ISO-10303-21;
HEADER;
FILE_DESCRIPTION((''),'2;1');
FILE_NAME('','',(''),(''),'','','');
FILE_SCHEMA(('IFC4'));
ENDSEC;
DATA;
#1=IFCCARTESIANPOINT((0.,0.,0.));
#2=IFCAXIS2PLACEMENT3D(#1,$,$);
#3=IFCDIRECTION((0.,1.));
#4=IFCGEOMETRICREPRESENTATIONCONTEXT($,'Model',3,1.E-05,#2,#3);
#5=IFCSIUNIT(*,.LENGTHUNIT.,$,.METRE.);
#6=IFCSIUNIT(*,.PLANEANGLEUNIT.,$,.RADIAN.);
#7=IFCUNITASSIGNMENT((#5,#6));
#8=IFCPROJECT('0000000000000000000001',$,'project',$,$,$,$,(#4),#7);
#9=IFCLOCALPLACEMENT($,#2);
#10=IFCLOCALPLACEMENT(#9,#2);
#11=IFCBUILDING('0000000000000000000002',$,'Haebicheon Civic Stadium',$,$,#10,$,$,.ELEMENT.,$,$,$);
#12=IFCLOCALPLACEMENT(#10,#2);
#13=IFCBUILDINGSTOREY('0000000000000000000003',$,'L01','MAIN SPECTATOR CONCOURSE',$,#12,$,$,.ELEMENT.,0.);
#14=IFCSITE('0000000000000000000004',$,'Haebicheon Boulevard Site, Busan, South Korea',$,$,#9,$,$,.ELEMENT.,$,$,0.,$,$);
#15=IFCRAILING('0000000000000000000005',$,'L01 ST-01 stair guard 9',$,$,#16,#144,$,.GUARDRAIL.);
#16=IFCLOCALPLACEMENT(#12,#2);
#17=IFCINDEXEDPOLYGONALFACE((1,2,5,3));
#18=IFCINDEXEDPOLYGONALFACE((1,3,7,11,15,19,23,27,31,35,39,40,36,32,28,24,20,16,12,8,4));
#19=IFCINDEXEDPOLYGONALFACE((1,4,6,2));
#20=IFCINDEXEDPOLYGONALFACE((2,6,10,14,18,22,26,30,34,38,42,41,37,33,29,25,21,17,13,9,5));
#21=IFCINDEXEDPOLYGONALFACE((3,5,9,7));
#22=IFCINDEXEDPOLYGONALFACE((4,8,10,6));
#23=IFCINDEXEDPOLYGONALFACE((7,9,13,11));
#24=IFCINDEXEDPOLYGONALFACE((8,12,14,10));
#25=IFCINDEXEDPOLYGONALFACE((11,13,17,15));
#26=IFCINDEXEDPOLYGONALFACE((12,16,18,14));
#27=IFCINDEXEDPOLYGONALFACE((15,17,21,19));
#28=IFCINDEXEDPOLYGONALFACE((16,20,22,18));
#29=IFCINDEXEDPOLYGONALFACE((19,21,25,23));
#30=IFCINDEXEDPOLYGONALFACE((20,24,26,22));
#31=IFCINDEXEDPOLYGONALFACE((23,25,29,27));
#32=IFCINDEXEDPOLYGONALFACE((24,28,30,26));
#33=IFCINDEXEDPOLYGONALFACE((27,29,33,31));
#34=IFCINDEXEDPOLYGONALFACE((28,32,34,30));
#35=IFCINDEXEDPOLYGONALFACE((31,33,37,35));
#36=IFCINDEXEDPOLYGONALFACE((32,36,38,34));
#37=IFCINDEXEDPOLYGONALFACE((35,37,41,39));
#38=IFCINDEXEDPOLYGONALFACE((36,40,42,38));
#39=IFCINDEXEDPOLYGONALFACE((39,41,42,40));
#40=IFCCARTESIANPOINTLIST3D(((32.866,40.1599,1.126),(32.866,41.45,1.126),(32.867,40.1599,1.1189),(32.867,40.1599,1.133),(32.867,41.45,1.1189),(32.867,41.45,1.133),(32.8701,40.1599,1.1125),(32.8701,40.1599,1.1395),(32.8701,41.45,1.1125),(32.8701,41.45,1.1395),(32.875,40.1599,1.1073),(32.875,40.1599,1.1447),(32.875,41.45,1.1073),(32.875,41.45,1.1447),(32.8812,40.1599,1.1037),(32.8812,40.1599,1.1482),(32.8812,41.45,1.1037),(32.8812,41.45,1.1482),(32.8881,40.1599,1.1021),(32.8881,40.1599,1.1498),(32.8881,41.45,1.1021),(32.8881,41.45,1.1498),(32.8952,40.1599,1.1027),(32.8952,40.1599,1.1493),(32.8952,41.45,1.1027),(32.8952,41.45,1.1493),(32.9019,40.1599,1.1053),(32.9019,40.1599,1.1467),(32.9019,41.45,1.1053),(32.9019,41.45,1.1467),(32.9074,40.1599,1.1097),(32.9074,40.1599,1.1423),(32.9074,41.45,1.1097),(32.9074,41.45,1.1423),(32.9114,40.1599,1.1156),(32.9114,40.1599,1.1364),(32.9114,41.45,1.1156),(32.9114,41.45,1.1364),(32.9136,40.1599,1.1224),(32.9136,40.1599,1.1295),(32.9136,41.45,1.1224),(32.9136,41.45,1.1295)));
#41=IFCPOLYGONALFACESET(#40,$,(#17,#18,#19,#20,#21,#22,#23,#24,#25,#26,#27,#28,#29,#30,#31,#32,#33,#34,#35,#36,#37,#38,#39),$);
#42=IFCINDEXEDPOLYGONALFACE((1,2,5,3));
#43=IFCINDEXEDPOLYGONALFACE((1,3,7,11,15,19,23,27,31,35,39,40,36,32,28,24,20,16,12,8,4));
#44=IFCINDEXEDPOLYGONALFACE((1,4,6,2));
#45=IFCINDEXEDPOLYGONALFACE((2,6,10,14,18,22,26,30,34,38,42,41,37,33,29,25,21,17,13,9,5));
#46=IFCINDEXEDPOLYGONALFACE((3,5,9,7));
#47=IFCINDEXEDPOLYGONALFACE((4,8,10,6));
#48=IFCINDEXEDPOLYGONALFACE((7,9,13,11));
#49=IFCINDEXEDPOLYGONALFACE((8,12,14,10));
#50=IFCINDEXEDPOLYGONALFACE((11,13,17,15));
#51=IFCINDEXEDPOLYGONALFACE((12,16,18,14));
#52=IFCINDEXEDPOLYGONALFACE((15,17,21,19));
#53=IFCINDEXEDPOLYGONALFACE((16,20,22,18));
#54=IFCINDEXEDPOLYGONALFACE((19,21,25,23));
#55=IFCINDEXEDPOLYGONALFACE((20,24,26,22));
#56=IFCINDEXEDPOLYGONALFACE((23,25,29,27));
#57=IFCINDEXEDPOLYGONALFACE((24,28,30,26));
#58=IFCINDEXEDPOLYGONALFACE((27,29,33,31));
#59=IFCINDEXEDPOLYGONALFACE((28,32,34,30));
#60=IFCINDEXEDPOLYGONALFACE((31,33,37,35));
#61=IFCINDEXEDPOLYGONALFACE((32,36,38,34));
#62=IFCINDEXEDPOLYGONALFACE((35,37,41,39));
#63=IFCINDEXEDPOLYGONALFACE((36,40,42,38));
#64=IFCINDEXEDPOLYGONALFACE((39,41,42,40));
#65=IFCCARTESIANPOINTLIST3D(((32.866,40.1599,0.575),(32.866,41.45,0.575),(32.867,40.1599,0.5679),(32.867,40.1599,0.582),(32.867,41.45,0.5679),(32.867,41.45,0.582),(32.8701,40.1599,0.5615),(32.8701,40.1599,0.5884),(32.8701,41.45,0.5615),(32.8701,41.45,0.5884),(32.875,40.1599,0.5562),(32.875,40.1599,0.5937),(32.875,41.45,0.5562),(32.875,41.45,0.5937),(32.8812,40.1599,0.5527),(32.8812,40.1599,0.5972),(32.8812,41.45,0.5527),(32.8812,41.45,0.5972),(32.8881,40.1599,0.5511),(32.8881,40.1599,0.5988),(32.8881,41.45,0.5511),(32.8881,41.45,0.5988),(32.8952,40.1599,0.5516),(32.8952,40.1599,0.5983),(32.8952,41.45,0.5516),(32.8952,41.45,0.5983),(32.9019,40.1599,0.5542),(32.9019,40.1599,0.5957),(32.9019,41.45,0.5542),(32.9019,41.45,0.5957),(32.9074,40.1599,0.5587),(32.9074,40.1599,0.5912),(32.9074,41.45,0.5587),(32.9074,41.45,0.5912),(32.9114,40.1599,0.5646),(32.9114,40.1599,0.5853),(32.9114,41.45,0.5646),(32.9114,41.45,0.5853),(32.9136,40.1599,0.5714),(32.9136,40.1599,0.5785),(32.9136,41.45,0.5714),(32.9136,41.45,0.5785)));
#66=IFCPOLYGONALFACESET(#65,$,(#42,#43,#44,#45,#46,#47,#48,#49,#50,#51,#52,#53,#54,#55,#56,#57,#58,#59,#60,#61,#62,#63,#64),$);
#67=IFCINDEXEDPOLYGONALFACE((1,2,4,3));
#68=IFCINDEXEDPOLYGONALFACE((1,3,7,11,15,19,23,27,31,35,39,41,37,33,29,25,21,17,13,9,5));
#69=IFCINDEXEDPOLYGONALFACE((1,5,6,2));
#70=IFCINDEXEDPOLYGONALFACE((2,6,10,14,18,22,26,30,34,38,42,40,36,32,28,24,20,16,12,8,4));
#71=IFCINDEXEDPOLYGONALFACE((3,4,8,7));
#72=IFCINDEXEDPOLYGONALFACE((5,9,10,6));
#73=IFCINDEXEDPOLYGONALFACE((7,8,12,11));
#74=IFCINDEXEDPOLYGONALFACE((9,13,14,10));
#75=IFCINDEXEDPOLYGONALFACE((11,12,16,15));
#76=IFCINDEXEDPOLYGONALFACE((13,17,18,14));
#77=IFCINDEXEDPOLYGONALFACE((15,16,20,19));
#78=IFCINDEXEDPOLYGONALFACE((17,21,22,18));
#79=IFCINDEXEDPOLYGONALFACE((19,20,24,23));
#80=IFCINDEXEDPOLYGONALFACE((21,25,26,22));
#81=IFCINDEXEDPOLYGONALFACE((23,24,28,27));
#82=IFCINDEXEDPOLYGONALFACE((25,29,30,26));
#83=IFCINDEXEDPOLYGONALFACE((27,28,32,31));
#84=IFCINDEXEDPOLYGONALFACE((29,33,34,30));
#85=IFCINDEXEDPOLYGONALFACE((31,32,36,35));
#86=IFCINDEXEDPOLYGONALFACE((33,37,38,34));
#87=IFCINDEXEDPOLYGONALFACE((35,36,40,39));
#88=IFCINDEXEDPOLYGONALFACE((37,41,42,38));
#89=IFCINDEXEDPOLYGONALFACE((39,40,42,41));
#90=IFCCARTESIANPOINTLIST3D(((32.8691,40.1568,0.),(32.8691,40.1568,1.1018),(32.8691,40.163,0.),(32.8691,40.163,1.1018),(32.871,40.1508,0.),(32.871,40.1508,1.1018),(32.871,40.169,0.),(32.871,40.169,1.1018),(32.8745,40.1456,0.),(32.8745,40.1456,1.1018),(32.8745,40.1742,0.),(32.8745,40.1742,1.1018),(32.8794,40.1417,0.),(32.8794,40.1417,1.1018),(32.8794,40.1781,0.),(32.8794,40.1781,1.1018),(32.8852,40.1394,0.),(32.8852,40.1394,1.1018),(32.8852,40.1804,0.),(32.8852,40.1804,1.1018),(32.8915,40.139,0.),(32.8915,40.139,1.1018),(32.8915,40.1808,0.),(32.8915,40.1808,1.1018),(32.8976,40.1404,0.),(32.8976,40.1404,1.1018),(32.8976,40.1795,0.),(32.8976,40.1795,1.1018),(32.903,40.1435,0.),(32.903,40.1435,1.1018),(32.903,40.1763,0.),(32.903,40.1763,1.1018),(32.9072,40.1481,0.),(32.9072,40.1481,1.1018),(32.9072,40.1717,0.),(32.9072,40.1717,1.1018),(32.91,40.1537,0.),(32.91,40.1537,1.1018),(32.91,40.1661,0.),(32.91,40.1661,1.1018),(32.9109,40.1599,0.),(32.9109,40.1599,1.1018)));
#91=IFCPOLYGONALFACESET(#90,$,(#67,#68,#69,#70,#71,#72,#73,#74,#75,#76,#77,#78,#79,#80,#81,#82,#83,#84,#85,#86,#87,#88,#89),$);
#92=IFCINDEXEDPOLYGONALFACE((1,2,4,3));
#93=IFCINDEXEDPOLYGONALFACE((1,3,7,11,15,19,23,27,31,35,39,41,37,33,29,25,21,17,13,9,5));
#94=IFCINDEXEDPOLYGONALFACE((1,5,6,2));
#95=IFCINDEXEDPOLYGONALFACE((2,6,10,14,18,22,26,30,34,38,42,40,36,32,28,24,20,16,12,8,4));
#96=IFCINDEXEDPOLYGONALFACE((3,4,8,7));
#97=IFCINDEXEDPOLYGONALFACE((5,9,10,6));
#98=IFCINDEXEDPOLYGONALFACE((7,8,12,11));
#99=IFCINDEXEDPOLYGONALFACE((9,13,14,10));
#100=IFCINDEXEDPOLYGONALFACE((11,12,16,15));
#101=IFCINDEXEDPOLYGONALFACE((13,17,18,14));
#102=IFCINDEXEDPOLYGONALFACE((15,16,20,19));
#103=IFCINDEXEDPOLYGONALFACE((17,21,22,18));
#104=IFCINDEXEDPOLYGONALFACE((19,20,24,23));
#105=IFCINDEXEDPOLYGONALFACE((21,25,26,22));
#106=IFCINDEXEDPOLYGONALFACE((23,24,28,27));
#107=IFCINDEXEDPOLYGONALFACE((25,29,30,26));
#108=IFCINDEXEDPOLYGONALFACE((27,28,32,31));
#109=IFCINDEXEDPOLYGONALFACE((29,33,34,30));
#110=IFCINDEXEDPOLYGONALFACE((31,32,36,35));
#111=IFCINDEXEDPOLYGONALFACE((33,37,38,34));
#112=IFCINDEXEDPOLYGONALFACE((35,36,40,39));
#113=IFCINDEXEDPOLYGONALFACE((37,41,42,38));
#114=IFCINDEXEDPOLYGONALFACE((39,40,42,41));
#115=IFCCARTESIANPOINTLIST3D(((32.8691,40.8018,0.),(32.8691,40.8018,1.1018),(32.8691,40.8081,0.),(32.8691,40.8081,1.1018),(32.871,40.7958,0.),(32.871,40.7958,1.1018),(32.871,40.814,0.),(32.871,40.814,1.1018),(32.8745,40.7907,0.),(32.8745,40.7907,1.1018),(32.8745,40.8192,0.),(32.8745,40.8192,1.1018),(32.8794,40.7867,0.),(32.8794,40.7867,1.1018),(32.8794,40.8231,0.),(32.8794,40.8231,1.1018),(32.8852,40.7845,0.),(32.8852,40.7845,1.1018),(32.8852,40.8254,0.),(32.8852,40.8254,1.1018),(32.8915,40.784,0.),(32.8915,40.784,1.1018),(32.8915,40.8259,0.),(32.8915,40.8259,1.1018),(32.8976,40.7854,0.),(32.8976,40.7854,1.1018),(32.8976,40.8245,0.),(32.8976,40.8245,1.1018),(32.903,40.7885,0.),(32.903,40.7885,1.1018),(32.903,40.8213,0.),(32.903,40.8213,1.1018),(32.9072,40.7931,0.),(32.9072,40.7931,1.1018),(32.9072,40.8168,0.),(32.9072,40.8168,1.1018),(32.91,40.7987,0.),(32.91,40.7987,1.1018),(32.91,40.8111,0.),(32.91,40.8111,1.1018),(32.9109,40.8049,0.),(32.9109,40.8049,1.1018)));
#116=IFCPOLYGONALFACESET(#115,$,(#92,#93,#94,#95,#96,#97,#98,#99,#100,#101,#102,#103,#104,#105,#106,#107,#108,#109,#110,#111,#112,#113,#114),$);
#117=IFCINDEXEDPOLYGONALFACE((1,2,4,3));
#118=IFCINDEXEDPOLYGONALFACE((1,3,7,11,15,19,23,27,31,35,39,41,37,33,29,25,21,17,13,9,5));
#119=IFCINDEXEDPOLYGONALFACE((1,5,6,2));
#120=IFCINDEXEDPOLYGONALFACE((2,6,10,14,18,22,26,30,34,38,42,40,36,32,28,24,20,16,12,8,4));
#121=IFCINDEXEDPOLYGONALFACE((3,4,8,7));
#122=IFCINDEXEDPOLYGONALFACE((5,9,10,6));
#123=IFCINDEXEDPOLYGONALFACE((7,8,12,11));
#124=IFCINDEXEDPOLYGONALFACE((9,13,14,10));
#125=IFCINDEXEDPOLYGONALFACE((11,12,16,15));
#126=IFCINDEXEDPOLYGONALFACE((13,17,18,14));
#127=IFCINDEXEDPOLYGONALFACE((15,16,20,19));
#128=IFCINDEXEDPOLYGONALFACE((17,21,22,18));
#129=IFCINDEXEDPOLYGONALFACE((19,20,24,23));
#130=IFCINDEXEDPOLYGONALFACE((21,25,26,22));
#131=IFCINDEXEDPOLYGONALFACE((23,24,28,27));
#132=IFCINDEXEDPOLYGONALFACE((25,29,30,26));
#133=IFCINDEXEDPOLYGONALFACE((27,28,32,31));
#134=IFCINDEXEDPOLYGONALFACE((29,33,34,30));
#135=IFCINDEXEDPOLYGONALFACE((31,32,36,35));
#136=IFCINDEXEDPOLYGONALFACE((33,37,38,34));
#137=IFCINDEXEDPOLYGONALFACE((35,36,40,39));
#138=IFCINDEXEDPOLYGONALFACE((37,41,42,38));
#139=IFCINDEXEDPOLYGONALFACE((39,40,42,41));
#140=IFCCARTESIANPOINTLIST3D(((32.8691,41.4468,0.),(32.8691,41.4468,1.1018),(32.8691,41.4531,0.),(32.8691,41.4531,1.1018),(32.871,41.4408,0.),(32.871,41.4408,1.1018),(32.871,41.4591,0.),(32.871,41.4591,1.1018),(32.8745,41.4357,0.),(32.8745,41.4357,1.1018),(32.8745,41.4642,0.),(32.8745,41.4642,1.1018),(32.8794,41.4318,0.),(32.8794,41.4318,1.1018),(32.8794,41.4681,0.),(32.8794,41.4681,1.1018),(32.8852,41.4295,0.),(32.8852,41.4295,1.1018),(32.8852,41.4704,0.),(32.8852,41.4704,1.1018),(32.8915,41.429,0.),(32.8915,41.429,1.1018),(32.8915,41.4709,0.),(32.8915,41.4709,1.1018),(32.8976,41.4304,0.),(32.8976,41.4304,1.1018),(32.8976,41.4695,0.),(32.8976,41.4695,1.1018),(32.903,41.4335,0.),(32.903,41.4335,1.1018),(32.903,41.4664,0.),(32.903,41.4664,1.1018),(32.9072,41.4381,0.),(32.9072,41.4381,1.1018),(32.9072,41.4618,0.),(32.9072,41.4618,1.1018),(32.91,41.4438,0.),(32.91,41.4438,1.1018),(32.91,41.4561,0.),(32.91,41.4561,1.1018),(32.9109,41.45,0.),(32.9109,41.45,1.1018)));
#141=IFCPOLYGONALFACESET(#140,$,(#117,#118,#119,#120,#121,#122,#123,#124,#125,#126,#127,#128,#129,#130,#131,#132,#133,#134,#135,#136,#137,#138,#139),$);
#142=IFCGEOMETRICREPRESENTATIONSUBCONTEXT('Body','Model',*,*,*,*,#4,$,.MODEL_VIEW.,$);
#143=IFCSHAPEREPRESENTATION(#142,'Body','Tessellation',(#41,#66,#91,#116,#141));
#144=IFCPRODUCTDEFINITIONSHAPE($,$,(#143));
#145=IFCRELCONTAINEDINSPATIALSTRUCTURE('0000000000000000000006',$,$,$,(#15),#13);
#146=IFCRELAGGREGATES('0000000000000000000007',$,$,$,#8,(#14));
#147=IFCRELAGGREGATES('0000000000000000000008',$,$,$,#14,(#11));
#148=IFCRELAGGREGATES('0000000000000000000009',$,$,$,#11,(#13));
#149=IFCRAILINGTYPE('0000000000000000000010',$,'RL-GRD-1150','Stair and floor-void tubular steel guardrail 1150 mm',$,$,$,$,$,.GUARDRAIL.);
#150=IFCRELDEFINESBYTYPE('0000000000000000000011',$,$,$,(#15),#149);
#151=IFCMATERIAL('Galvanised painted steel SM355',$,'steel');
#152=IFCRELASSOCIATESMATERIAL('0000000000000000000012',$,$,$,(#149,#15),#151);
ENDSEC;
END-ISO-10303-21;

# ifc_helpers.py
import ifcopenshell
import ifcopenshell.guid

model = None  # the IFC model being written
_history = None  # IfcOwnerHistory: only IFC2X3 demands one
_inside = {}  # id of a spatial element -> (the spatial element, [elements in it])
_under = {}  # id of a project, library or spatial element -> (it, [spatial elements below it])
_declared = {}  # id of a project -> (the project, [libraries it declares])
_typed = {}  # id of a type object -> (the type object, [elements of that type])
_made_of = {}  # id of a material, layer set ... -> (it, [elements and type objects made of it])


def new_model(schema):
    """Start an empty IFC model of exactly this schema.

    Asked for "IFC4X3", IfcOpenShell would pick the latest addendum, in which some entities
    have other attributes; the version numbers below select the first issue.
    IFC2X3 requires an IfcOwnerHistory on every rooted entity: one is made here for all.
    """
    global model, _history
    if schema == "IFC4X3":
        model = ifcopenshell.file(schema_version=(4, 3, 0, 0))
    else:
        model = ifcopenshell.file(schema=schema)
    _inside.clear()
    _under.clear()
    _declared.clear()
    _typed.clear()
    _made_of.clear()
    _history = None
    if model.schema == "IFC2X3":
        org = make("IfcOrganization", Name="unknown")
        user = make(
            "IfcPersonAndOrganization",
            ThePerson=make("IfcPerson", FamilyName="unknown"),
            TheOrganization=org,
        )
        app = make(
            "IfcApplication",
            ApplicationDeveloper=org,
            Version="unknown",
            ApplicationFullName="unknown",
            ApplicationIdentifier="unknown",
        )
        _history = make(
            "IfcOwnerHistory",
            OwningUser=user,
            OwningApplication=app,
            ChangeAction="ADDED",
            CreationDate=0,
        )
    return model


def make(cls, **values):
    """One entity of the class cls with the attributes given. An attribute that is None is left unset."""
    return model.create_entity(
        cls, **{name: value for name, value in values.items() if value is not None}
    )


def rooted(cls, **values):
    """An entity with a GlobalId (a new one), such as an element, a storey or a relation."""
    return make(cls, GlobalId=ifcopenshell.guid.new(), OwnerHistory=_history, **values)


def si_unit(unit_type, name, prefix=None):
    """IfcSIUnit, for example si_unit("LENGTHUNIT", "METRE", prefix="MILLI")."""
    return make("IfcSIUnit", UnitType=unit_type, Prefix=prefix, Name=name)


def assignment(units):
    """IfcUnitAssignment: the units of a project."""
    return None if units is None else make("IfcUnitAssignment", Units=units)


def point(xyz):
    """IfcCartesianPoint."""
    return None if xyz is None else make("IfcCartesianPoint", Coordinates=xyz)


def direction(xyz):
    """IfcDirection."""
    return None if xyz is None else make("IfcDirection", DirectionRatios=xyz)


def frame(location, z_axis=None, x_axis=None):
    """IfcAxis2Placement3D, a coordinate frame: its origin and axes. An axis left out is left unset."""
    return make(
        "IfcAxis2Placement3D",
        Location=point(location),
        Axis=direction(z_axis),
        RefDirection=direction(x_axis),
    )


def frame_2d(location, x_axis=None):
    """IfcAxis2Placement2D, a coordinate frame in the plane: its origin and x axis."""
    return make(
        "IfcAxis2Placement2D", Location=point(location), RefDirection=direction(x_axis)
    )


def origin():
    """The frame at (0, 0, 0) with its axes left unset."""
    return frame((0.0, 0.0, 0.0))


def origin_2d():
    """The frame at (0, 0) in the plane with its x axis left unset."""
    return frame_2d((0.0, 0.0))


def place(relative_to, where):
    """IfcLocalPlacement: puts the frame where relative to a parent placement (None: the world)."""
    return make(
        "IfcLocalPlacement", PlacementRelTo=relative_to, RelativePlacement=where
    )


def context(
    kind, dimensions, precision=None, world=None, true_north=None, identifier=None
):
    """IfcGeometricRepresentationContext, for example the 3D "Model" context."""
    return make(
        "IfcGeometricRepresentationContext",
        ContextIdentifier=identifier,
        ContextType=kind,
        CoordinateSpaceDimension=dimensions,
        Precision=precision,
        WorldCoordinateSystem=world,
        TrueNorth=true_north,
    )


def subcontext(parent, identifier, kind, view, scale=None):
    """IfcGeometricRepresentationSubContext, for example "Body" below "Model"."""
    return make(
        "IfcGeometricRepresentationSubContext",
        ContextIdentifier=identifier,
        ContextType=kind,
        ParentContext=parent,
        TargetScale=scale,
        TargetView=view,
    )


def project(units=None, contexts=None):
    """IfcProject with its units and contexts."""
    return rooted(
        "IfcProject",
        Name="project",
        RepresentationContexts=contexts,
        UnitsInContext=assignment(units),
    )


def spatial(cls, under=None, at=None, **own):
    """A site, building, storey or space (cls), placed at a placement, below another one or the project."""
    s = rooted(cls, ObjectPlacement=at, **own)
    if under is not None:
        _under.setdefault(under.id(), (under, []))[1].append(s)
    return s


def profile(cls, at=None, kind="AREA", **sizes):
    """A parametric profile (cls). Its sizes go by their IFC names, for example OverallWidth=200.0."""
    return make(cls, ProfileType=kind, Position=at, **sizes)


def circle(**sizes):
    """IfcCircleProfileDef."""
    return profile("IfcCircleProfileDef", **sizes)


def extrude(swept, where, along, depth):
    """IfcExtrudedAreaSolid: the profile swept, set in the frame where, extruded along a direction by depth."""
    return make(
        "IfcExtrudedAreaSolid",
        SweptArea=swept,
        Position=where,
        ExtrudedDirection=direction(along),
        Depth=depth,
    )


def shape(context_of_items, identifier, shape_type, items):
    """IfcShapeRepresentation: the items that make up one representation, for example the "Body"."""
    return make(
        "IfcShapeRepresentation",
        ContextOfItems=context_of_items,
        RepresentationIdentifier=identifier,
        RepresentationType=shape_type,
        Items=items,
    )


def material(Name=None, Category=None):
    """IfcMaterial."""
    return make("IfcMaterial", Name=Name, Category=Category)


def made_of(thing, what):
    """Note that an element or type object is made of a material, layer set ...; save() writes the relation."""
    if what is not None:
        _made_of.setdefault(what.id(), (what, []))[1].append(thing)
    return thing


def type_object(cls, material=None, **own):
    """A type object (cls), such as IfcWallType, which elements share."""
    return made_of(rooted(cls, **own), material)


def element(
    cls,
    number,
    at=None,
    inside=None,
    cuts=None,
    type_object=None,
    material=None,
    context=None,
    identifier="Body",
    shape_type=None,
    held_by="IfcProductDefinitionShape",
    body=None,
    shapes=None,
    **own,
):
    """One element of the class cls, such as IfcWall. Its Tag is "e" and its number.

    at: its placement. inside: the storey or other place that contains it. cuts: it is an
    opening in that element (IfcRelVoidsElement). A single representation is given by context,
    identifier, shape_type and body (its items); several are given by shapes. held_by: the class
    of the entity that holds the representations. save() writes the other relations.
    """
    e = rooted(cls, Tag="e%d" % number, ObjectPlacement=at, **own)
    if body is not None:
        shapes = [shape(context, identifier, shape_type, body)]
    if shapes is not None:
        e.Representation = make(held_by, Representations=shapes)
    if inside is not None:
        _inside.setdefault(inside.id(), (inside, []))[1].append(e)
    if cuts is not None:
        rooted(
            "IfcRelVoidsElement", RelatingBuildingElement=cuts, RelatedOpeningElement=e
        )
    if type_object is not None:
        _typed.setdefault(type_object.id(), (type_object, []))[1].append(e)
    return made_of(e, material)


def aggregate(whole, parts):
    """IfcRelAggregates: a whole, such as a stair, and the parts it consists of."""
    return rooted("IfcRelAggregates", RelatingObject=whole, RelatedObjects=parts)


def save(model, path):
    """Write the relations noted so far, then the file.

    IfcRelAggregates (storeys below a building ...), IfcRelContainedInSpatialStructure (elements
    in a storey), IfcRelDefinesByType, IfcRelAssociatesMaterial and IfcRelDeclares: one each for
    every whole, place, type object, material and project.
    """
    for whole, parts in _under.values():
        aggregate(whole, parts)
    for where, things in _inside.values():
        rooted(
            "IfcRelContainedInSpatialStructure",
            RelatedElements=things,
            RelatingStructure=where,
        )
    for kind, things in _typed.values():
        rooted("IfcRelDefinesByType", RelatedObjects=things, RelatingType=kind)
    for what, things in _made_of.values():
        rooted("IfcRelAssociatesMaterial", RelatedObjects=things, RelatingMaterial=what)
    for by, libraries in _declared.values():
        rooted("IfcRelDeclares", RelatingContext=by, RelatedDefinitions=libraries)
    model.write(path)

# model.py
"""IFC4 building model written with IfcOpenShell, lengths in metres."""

from ifc_helpers import new_model, si_unit, direction, frame, origin, origin_2d, place, context, subcontext, project, spatial, circle, extrude, material, type_object, element, save


model = new_model("IFC4")

# Units and contexts
model_context = context("Model", 3, precision=1e-05, world=origin(), true_north=direction((0.0, 1.0)))
body_context = subcontext(model_context, "Body", "Model", "MODEL_VIEW")
ifc_project = project(units=[si_unit("LENGTHUNIT", "METRE"), si_unit("PLANEANGLEUNIT", "RADIAN")], contexts=[model_context])

# Site, building, storey
site_placement = place(None, origin())
site = spatial("IfcSite", under=ifc_project, at=site_placement, Name="Haebicheon Boulevard Site, Busan, South Korea", CompositionType="ELEMENT", RefElevation=0.0)
building_placement = place(site_placement, origin())
building = spatial("IfcBuilding", under=site, at=building_placement, Name="Haebicheon Civic Stadium", CompositionType="ELEMENT")
storey_placement = place(building_placement, origin())
storey = spatial("IfcBuildingStorey", under=building, at=storey_placement, Name="L01", Description="MAIN SPECTATOR CONCOURSE", CompositionType="ELEMENT", Elevation=0.0)

# Railing
ifc_material_1 = material(Name="Galvanised painted steel SM355", Category="steel")
railing_type_1 = type_object("IfcRailingType", Name="RL-GRD-1150", Description="Stair and floor-void tubular steel guardrail 1150 mm", PredefinedType="GUARDRAIL", material=ifc_material_1)
railing_1_placement = place(storey_placement, frame((32.8899, 40.1599, 0.0)))
element("IfcRailing", 1, at=railing_1_placement, inside=storey, type_object=railing_type_1, material=ifc_material_1, Name="L01 ST-01 stair guard 9", PredefinedType="GUARDRAIL", context=body_context, shape_type="SweptSolid", body=[
    extrude(circle(Radius=0.0239, at=origin_2d()), frame((0.0, 0.0, 1.126), z_axis=(0.0, 1.0, 0.0), x_axis=(-1.0, 0.0, 0.0)), (0.0, 0.0, 1.0), 1.29),
    extrude(circle(Radius=0.0239, at=origin_2d()), frame((0.0, 0.0, 0.575), z_axis=(0.0, 1.0, 0.0), x_axis=(-1.0, 0.0, 0.0)), (0.0, 0.0, 1.0), 1.29),
    extrude(circle(Radius=0.021, at=origin_2d()), origin(), (0.0, 0.0, 1.0), 1.1018),
    extrude(circle(Radius=0.021, at=origin_2d()), frame((0.0, 0.645, 0.0)), (0.0, 0.0, 1.0), 1.1018),
    extrude(circle(Radius=0.021, at=origin_2d()), frame((0.0, 1.29, 0.0)), (0.0, 0.0, 1.0), 1.1018),
])

save(model, "model.ifc")
